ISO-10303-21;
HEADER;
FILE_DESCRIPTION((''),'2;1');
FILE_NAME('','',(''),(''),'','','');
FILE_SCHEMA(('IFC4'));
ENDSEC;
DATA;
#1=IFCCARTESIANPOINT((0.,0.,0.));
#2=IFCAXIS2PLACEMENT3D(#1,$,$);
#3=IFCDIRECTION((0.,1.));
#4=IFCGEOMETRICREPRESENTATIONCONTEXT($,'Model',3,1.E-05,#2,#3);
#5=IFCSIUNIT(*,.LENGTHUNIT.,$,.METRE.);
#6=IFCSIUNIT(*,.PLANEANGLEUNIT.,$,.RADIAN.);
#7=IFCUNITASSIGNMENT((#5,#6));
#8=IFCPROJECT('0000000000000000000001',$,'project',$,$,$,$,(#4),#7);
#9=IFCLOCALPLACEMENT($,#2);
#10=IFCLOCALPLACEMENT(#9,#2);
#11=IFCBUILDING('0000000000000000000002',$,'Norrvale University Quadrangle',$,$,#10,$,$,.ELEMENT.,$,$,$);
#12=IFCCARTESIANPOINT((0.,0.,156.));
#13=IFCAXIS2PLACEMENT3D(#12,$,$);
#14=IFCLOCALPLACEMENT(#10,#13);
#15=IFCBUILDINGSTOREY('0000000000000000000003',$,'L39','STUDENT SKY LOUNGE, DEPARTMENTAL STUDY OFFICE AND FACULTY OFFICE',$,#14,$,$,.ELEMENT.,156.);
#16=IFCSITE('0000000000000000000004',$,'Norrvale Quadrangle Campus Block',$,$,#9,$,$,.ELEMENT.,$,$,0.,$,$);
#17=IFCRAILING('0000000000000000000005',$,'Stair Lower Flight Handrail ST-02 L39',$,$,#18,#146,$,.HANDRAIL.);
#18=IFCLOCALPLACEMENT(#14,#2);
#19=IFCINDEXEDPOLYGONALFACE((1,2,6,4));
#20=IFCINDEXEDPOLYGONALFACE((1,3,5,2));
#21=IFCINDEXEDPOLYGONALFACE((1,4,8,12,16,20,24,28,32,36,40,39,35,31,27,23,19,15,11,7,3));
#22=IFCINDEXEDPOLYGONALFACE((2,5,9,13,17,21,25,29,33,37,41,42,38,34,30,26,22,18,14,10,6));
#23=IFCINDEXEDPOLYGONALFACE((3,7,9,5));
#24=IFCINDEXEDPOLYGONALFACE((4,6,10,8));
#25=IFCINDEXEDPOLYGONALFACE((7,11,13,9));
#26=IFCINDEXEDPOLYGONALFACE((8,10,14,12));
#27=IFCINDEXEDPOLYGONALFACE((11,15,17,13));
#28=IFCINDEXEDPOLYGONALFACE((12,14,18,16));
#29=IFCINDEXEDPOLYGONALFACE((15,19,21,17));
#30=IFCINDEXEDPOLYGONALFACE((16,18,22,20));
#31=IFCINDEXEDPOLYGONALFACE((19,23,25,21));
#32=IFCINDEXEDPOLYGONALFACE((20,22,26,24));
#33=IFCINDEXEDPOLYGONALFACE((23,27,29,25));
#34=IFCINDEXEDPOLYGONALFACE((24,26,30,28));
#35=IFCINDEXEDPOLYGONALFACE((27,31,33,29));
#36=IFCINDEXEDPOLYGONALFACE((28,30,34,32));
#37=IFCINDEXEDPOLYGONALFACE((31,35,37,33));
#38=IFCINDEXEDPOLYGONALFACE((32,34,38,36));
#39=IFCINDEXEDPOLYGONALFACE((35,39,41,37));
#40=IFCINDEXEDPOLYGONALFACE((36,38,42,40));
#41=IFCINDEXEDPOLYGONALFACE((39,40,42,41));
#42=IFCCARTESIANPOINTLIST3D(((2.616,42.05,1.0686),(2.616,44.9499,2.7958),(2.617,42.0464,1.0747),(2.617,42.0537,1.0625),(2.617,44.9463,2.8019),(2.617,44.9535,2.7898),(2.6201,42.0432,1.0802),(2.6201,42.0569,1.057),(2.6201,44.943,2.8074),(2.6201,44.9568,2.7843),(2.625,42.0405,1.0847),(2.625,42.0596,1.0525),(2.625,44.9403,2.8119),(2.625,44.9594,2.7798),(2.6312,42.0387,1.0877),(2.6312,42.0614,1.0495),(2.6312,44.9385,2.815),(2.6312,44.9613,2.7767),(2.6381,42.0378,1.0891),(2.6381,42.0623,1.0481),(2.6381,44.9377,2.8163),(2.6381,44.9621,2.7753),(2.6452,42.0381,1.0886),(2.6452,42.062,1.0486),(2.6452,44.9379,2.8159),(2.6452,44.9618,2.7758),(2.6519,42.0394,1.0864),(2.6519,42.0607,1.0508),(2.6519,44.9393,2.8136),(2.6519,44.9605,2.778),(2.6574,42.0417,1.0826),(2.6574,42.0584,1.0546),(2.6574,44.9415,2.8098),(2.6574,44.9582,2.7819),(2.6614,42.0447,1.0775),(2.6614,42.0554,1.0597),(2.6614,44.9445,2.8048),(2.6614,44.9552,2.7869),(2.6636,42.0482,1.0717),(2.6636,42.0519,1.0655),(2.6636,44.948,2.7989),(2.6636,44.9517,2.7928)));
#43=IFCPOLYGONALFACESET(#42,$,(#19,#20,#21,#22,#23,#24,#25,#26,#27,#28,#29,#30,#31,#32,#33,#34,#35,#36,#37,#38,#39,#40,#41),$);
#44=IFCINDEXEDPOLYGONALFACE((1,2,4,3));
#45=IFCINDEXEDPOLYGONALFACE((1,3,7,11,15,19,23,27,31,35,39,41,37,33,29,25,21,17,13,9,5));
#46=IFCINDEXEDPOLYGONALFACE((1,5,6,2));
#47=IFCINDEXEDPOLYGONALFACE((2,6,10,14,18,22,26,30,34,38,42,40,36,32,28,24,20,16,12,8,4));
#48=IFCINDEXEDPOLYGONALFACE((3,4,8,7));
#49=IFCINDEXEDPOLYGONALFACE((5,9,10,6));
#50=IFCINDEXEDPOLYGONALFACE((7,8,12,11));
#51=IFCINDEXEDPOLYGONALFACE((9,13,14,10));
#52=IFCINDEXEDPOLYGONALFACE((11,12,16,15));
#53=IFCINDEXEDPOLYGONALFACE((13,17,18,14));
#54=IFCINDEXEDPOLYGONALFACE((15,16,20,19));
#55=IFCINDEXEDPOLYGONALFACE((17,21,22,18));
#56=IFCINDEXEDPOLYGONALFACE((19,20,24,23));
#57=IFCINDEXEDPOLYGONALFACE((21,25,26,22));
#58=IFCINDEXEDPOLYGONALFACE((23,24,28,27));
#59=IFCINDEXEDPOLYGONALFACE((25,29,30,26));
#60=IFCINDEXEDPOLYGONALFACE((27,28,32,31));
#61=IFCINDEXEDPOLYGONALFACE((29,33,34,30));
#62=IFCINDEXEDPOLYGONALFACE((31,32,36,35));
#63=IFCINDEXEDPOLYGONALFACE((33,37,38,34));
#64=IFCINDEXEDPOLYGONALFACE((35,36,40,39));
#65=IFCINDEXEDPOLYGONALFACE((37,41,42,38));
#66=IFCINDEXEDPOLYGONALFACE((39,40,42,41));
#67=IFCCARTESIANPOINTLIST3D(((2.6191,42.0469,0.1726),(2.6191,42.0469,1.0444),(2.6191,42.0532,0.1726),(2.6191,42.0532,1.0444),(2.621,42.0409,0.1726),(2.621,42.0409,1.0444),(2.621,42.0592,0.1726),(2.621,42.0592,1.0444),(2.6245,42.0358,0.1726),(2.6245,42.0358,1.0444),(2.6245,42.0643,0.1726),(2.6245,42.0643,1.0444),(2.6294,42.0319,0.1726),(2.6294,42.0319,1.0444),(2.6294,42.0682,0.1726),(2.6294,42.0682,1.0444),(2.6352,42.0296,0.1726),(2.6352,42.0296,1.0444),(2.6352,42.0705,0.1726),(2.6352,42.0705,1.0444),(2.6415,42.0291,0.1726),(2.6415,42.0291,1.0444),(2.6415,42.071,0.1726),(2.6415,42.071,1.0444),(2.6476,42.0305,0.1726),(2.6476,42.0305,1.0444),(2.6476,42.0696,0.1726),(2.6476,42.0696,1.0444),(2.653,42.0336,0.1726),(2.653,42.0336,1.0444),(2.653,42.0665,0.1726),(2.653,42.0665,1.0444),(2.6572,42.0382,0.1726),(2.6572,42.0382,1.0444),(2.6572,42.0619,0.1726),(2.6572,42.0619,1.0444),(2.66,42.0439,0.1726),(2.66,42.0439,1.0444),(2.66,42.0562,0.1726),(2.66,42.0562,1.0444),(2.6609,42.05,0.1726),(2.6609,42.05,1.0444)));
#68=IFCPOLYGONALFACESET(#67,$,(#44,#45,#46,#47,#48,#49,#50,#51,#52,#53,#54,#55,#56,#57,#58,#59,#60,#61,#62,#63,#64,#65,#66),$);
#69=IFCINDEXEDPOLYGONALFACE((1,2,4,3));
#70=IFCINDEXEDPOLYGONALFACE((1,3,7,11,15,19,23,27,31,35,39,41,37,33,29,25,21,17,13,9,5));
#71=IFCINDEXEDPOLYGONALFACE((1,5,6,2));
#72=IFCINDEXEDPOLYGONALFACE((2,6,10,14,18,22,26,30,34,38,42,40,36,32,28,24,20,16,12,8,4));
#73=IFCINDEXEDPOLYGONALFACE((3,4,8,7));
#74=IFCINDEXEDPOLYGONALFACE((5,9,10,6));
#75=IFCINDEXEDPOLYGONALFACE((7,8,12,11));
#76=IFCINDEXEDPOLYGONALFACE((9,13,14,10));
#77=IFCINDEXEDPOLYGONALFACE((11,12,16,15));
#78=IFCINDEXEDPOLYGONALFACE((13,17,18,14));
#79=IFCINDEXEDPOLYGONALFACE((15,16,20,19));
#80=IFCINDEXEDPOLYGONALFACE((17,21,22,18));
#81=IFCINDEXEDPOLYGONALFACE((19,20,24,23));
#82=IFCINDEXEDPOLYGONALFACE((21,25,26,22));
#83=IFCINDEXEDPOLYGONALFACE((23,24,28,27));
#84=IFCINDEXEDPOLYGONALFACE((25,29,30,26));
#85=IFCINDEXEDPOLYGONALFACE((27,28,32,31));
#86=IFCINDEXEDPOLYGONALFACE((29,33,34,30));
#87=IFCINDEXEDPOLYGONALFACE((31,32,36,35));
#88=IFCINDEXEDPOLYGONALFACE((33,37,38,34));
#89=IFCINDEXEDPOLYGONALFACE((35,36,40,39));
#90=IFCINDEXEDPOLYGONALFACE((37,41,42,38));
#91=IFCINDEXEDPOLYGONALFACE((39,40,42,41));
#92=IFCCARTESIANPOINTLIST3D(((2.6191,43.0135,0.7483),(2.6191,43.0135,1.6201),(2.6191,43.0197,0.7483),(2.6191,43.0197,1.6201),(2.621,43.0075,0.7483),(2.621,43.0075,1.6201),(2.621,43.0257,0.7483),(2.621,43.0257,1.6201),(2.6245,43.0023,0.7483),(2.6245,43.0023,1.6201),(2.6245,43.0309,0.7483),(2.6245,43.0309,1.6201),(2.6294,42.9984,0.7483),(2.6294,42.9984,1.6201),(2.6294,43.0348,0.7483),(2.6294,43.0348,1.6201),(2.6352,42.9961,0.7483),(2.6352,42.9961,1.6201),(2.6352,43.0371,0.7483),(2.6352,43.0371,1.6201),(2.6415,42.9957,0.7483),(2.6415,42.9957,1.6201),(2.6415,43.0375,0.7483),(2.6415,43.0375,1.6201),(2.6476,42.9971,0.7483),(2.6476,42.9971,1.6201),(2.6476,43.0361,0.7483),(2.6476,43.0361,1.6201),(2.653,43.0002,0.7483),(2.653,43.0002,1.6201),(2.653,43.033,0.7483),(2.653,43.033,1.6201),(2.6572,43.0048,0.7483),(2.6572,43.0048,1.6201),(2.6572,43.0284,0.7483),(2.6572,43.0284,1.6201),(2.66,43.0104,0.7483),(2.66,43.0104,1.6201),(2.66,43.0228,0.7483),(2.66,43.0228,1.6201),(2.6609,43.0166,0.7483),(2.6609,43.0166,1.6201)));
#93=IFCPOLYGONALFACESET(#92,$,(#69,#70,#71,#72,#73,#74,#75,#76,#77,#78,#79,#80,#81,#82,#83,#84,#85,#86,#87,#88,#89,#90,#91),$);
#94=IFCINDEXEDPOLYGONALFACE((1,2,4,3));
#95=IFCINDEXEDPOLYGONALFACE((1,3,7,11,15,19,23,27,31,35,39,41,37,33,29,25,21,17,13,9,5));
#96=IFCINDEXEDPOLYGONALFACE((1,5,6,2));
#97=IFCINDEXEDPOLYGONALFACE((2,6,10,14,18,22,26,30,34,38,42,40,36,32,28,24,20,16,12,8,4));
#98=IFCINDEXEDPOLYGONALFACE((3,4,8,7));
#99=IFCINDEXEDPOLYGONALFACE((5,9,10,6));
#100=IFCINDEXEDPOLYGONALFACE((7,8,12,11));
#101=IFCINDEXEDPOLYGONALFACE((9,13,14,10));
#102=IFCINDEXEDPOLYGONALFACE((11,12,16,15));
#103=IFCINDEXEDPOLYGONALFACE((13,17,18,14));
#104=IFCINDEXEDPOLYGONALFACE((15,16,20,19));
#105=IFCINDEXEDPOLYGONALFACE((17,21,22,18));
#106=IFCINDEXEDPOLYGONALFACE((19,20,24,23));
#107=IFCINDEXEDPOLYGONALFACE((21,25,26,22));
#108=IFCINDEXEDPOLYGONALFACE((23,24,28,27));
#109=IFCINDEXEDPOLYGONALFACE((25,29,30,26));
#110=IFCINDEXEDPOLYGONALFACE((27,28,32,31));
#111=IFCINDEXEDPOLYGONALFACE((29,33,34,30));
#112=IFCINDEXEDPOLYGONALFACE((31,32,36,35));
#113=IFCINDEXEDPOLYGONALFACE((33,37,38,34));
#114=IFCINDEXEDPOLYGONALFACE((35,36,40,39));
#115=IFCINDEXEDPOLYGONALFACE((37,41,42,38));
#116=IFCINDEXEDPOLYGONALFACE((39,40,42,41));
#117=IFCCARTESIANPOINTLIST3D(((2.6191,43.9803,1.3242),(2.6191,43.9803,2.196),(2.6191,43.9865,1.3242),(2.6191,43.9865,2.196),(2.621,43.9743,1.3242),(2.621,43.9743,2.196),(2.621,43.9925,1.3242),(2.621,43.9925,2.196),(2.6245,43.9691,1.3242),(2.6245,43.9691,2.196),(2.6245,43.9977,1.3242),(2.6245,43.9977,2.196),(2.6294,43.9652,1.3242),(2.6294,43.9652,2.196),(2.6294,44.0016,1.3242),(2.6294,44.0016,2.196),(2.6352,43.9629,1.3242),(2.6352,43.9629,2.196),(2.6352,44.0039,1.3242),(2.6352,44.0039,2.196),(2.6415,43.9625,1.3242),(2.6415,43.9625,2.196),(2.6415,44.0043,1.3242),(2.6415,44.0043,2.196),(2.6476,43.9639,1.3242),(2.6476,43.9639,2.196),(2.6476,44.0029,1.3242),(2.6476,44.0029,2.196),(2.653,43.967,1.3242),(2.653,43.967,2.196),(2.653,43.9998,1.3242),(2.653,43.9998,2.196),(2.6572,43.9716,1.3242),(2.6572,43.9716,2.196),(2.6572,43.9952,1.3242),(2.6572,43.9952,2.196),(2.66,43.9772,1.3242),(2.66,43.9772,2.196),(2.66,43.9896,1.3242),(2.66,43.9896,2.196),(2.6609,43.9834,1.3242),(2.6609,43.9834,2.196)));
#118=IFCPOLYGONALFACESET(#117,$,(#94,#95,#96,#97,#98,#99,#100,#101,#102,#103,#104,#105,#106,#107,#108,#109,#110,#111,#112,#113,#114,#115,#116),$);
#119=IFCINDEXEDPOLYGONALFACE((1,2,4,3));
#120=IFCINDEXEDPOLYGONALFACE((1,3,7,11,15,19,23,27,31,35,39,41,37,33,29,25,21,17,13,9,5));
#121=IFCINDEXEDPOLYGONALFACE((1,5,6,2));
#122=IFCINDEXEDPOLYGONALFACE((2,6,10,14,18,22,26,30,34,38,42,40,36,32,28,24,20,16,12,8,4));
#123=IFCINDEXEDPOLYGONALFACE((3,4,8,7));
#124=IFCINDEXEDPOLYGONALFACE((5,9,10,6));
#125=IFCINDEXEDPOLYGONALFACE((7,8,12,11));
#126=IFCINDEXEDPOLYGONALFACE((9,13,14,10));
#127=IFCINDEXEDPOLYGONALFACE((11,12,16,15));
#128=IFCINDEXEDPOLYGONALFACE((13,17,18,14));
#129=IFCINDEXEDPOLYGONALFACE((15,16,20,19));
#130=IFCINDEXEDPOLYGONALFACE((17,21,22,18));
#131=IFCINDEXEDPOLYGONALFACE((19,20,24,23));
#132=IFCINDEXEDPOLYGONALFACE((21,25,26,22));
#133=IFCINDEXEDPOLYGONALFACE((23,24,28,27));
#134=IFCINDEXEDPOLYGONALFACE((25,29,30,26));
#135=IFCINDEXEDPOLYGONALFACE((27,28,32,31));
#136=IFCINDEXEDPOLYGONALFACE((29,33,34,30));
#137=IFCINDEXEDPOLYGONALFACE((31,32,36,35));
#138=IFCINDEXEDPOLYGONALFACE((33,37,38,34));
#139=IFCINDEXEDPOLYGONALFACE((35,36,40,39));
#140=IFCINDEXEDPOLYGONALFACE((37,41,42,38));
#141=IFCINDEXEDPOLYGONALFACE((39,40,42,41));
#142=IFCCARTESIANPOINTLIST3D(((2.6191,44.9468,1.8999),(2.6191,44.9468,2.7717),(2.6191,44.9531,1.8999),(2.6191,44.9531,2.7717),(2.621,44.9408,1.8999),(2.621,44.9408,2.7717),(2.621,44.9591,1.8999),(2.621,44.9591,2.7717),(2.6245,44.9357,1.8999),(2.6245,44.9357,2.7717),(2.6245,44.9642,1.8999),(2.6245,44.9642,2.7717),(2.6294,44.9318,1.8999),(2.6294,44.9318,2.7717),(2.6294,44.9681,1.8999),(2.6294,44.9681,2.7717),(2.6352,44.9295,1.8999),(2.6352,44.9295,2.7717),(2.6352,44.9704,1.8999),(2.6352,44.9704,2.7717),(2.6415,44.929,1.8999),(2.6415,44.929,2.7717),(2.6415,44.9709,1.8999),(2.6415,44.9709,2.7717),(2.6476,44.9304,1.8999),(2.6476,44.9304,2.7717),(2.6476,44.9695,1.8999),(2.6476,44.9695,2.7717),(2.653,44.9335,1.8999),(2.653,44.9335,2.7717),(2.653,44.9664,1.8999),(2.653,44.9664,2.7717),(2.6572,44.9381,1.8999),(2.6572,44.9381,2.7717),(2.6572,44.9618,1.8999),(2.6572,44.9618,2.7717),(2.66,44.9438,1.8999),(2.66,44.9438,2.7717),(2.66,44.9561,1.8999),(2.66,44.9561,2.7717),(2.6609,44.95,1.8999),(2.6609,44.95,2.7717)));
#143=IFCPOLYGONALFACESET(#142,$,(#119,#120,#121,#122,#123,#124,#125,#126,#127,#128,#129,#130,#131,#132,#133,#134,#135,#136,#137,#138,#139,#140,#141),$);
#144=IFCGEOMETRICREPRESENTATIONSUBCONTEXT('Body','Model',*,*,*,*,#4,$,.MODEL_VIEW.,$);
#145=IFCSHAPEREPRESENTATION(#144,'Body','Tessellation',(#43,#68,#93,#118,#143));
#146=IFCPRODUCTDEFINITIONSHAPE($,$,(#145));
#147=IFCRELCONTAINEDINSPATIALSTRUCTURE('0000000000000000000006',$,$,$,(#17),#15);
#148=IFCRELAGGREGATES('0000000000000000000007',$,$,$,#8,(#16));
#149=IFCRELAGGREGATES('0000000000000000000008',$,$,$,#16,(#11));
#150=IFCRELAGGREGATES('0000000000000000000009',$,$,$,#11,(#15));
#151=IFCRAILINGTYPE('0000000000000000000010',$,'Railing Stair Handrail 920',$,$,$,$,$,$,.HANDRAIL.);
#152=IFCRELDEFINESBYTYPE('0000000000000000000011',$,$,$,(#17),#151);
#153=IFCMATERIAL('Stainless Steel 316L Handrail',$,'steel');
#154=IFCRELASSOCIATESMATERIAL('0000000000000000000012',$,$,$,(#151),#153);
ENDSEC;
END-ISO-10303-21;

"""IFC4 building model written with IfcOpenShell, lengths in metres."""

from ifc_helpers import new_model, si_unit, direction, frame, origin, origin_2d, place, context, subcontext, project, spatial, circle, extrude, material, type_object, element, save


model = new_model("IFC4")

# Units and contexts
model_context = context("Model", 3, precision=1e-05, world=origin(), true_north=direction((0.0, 1.0)))
body_context = subcontext(model_context, "Body", "Model", "MODEL_VIEW")
ifc_project = project(units=[si_unit("LENGTHUNIT", "METRE"), si_unit("PLANEANGLEUNIT", "RADIAN")], contexts=[model_context])

# Site, building, storey
site_placement = place(None, origin())
site = spatial("IfcSite", under=ifc_project, at=site_placement, Name="Norrvale Quadrangle Campus Block", CompositionType="ELEMENT", RefElevation=0.0)
building_placement = place(site_placement, origin())
building = spatial("IfcBuilding", under=site, at=building_placement, Name="Norrvale University Quadrangle", CompositionType="ELEMENT")
storey_placement = place(building_placement, frame((0.0, 0.0, 156.0)))
storey = spatial("IfcBuildingStorey", under=building, at=storey_placement, Name="L39", Description="STUDENT SKY LOUNGE, DEPARTMENTAL STUDY OFFICE AND FACULTY OFFICE", CompositionType="ELEMENT", Elevation=156.0)

# Railing
ifc_material_1 = material(Name="Stainless Steel 316L Handrail", Category="steel")
railing_type_1 = type_object("IfcRailingType", Name="Railing Stair Handrail 920", PredefinedType="HANDRAIL", material=ifc_material_1)
railing_1_placement = place(storey_placement, frame((2.6399, 42.05, 0.1726)))
element("IfcRailing", 1, at=railing_1_placement, inside=storey, type_object=railing_type_1, Name="Stair Lower Flight Handrail ST-02 L39", PredefinedType="HANDRAIL", context=body_context, shape_type="SweptSolid", body=[
    extrude(circle(Radius=0.0239, at=origin_2d()), frame((0.0, 0.0, 0.896), z_axis=(0.0, 0.859141, 0.511738), x_axis=(-1.0, 0.0, 0.0)), (0.0, 0.0, 1.0), 3.3752),
    extrude(circle(Radius=0.021, at=origin_2d()), origin(), (0.0, 0.0, 1.0), 0.8718),
    extrude(circle(Radius=0.021, at=origin_2d()), frame((0.0, 0.9666, 0.5757)), (0.0, 0.0, 1.0), 0.8718),
    extrude(circle(Radius=0.021, at=origin_2d()), frame((0.0, 1.9333, 1.1516)), (0.0, 0.0, 1.0), 0.8718),
    extrude(circle(Radius=0.021, at=origin_2d()), frame((0.0, 2.8999, 1.7273)), (0.0, 0.0, 1.0), 0.8718),
])

save(model, "model.ifc")
